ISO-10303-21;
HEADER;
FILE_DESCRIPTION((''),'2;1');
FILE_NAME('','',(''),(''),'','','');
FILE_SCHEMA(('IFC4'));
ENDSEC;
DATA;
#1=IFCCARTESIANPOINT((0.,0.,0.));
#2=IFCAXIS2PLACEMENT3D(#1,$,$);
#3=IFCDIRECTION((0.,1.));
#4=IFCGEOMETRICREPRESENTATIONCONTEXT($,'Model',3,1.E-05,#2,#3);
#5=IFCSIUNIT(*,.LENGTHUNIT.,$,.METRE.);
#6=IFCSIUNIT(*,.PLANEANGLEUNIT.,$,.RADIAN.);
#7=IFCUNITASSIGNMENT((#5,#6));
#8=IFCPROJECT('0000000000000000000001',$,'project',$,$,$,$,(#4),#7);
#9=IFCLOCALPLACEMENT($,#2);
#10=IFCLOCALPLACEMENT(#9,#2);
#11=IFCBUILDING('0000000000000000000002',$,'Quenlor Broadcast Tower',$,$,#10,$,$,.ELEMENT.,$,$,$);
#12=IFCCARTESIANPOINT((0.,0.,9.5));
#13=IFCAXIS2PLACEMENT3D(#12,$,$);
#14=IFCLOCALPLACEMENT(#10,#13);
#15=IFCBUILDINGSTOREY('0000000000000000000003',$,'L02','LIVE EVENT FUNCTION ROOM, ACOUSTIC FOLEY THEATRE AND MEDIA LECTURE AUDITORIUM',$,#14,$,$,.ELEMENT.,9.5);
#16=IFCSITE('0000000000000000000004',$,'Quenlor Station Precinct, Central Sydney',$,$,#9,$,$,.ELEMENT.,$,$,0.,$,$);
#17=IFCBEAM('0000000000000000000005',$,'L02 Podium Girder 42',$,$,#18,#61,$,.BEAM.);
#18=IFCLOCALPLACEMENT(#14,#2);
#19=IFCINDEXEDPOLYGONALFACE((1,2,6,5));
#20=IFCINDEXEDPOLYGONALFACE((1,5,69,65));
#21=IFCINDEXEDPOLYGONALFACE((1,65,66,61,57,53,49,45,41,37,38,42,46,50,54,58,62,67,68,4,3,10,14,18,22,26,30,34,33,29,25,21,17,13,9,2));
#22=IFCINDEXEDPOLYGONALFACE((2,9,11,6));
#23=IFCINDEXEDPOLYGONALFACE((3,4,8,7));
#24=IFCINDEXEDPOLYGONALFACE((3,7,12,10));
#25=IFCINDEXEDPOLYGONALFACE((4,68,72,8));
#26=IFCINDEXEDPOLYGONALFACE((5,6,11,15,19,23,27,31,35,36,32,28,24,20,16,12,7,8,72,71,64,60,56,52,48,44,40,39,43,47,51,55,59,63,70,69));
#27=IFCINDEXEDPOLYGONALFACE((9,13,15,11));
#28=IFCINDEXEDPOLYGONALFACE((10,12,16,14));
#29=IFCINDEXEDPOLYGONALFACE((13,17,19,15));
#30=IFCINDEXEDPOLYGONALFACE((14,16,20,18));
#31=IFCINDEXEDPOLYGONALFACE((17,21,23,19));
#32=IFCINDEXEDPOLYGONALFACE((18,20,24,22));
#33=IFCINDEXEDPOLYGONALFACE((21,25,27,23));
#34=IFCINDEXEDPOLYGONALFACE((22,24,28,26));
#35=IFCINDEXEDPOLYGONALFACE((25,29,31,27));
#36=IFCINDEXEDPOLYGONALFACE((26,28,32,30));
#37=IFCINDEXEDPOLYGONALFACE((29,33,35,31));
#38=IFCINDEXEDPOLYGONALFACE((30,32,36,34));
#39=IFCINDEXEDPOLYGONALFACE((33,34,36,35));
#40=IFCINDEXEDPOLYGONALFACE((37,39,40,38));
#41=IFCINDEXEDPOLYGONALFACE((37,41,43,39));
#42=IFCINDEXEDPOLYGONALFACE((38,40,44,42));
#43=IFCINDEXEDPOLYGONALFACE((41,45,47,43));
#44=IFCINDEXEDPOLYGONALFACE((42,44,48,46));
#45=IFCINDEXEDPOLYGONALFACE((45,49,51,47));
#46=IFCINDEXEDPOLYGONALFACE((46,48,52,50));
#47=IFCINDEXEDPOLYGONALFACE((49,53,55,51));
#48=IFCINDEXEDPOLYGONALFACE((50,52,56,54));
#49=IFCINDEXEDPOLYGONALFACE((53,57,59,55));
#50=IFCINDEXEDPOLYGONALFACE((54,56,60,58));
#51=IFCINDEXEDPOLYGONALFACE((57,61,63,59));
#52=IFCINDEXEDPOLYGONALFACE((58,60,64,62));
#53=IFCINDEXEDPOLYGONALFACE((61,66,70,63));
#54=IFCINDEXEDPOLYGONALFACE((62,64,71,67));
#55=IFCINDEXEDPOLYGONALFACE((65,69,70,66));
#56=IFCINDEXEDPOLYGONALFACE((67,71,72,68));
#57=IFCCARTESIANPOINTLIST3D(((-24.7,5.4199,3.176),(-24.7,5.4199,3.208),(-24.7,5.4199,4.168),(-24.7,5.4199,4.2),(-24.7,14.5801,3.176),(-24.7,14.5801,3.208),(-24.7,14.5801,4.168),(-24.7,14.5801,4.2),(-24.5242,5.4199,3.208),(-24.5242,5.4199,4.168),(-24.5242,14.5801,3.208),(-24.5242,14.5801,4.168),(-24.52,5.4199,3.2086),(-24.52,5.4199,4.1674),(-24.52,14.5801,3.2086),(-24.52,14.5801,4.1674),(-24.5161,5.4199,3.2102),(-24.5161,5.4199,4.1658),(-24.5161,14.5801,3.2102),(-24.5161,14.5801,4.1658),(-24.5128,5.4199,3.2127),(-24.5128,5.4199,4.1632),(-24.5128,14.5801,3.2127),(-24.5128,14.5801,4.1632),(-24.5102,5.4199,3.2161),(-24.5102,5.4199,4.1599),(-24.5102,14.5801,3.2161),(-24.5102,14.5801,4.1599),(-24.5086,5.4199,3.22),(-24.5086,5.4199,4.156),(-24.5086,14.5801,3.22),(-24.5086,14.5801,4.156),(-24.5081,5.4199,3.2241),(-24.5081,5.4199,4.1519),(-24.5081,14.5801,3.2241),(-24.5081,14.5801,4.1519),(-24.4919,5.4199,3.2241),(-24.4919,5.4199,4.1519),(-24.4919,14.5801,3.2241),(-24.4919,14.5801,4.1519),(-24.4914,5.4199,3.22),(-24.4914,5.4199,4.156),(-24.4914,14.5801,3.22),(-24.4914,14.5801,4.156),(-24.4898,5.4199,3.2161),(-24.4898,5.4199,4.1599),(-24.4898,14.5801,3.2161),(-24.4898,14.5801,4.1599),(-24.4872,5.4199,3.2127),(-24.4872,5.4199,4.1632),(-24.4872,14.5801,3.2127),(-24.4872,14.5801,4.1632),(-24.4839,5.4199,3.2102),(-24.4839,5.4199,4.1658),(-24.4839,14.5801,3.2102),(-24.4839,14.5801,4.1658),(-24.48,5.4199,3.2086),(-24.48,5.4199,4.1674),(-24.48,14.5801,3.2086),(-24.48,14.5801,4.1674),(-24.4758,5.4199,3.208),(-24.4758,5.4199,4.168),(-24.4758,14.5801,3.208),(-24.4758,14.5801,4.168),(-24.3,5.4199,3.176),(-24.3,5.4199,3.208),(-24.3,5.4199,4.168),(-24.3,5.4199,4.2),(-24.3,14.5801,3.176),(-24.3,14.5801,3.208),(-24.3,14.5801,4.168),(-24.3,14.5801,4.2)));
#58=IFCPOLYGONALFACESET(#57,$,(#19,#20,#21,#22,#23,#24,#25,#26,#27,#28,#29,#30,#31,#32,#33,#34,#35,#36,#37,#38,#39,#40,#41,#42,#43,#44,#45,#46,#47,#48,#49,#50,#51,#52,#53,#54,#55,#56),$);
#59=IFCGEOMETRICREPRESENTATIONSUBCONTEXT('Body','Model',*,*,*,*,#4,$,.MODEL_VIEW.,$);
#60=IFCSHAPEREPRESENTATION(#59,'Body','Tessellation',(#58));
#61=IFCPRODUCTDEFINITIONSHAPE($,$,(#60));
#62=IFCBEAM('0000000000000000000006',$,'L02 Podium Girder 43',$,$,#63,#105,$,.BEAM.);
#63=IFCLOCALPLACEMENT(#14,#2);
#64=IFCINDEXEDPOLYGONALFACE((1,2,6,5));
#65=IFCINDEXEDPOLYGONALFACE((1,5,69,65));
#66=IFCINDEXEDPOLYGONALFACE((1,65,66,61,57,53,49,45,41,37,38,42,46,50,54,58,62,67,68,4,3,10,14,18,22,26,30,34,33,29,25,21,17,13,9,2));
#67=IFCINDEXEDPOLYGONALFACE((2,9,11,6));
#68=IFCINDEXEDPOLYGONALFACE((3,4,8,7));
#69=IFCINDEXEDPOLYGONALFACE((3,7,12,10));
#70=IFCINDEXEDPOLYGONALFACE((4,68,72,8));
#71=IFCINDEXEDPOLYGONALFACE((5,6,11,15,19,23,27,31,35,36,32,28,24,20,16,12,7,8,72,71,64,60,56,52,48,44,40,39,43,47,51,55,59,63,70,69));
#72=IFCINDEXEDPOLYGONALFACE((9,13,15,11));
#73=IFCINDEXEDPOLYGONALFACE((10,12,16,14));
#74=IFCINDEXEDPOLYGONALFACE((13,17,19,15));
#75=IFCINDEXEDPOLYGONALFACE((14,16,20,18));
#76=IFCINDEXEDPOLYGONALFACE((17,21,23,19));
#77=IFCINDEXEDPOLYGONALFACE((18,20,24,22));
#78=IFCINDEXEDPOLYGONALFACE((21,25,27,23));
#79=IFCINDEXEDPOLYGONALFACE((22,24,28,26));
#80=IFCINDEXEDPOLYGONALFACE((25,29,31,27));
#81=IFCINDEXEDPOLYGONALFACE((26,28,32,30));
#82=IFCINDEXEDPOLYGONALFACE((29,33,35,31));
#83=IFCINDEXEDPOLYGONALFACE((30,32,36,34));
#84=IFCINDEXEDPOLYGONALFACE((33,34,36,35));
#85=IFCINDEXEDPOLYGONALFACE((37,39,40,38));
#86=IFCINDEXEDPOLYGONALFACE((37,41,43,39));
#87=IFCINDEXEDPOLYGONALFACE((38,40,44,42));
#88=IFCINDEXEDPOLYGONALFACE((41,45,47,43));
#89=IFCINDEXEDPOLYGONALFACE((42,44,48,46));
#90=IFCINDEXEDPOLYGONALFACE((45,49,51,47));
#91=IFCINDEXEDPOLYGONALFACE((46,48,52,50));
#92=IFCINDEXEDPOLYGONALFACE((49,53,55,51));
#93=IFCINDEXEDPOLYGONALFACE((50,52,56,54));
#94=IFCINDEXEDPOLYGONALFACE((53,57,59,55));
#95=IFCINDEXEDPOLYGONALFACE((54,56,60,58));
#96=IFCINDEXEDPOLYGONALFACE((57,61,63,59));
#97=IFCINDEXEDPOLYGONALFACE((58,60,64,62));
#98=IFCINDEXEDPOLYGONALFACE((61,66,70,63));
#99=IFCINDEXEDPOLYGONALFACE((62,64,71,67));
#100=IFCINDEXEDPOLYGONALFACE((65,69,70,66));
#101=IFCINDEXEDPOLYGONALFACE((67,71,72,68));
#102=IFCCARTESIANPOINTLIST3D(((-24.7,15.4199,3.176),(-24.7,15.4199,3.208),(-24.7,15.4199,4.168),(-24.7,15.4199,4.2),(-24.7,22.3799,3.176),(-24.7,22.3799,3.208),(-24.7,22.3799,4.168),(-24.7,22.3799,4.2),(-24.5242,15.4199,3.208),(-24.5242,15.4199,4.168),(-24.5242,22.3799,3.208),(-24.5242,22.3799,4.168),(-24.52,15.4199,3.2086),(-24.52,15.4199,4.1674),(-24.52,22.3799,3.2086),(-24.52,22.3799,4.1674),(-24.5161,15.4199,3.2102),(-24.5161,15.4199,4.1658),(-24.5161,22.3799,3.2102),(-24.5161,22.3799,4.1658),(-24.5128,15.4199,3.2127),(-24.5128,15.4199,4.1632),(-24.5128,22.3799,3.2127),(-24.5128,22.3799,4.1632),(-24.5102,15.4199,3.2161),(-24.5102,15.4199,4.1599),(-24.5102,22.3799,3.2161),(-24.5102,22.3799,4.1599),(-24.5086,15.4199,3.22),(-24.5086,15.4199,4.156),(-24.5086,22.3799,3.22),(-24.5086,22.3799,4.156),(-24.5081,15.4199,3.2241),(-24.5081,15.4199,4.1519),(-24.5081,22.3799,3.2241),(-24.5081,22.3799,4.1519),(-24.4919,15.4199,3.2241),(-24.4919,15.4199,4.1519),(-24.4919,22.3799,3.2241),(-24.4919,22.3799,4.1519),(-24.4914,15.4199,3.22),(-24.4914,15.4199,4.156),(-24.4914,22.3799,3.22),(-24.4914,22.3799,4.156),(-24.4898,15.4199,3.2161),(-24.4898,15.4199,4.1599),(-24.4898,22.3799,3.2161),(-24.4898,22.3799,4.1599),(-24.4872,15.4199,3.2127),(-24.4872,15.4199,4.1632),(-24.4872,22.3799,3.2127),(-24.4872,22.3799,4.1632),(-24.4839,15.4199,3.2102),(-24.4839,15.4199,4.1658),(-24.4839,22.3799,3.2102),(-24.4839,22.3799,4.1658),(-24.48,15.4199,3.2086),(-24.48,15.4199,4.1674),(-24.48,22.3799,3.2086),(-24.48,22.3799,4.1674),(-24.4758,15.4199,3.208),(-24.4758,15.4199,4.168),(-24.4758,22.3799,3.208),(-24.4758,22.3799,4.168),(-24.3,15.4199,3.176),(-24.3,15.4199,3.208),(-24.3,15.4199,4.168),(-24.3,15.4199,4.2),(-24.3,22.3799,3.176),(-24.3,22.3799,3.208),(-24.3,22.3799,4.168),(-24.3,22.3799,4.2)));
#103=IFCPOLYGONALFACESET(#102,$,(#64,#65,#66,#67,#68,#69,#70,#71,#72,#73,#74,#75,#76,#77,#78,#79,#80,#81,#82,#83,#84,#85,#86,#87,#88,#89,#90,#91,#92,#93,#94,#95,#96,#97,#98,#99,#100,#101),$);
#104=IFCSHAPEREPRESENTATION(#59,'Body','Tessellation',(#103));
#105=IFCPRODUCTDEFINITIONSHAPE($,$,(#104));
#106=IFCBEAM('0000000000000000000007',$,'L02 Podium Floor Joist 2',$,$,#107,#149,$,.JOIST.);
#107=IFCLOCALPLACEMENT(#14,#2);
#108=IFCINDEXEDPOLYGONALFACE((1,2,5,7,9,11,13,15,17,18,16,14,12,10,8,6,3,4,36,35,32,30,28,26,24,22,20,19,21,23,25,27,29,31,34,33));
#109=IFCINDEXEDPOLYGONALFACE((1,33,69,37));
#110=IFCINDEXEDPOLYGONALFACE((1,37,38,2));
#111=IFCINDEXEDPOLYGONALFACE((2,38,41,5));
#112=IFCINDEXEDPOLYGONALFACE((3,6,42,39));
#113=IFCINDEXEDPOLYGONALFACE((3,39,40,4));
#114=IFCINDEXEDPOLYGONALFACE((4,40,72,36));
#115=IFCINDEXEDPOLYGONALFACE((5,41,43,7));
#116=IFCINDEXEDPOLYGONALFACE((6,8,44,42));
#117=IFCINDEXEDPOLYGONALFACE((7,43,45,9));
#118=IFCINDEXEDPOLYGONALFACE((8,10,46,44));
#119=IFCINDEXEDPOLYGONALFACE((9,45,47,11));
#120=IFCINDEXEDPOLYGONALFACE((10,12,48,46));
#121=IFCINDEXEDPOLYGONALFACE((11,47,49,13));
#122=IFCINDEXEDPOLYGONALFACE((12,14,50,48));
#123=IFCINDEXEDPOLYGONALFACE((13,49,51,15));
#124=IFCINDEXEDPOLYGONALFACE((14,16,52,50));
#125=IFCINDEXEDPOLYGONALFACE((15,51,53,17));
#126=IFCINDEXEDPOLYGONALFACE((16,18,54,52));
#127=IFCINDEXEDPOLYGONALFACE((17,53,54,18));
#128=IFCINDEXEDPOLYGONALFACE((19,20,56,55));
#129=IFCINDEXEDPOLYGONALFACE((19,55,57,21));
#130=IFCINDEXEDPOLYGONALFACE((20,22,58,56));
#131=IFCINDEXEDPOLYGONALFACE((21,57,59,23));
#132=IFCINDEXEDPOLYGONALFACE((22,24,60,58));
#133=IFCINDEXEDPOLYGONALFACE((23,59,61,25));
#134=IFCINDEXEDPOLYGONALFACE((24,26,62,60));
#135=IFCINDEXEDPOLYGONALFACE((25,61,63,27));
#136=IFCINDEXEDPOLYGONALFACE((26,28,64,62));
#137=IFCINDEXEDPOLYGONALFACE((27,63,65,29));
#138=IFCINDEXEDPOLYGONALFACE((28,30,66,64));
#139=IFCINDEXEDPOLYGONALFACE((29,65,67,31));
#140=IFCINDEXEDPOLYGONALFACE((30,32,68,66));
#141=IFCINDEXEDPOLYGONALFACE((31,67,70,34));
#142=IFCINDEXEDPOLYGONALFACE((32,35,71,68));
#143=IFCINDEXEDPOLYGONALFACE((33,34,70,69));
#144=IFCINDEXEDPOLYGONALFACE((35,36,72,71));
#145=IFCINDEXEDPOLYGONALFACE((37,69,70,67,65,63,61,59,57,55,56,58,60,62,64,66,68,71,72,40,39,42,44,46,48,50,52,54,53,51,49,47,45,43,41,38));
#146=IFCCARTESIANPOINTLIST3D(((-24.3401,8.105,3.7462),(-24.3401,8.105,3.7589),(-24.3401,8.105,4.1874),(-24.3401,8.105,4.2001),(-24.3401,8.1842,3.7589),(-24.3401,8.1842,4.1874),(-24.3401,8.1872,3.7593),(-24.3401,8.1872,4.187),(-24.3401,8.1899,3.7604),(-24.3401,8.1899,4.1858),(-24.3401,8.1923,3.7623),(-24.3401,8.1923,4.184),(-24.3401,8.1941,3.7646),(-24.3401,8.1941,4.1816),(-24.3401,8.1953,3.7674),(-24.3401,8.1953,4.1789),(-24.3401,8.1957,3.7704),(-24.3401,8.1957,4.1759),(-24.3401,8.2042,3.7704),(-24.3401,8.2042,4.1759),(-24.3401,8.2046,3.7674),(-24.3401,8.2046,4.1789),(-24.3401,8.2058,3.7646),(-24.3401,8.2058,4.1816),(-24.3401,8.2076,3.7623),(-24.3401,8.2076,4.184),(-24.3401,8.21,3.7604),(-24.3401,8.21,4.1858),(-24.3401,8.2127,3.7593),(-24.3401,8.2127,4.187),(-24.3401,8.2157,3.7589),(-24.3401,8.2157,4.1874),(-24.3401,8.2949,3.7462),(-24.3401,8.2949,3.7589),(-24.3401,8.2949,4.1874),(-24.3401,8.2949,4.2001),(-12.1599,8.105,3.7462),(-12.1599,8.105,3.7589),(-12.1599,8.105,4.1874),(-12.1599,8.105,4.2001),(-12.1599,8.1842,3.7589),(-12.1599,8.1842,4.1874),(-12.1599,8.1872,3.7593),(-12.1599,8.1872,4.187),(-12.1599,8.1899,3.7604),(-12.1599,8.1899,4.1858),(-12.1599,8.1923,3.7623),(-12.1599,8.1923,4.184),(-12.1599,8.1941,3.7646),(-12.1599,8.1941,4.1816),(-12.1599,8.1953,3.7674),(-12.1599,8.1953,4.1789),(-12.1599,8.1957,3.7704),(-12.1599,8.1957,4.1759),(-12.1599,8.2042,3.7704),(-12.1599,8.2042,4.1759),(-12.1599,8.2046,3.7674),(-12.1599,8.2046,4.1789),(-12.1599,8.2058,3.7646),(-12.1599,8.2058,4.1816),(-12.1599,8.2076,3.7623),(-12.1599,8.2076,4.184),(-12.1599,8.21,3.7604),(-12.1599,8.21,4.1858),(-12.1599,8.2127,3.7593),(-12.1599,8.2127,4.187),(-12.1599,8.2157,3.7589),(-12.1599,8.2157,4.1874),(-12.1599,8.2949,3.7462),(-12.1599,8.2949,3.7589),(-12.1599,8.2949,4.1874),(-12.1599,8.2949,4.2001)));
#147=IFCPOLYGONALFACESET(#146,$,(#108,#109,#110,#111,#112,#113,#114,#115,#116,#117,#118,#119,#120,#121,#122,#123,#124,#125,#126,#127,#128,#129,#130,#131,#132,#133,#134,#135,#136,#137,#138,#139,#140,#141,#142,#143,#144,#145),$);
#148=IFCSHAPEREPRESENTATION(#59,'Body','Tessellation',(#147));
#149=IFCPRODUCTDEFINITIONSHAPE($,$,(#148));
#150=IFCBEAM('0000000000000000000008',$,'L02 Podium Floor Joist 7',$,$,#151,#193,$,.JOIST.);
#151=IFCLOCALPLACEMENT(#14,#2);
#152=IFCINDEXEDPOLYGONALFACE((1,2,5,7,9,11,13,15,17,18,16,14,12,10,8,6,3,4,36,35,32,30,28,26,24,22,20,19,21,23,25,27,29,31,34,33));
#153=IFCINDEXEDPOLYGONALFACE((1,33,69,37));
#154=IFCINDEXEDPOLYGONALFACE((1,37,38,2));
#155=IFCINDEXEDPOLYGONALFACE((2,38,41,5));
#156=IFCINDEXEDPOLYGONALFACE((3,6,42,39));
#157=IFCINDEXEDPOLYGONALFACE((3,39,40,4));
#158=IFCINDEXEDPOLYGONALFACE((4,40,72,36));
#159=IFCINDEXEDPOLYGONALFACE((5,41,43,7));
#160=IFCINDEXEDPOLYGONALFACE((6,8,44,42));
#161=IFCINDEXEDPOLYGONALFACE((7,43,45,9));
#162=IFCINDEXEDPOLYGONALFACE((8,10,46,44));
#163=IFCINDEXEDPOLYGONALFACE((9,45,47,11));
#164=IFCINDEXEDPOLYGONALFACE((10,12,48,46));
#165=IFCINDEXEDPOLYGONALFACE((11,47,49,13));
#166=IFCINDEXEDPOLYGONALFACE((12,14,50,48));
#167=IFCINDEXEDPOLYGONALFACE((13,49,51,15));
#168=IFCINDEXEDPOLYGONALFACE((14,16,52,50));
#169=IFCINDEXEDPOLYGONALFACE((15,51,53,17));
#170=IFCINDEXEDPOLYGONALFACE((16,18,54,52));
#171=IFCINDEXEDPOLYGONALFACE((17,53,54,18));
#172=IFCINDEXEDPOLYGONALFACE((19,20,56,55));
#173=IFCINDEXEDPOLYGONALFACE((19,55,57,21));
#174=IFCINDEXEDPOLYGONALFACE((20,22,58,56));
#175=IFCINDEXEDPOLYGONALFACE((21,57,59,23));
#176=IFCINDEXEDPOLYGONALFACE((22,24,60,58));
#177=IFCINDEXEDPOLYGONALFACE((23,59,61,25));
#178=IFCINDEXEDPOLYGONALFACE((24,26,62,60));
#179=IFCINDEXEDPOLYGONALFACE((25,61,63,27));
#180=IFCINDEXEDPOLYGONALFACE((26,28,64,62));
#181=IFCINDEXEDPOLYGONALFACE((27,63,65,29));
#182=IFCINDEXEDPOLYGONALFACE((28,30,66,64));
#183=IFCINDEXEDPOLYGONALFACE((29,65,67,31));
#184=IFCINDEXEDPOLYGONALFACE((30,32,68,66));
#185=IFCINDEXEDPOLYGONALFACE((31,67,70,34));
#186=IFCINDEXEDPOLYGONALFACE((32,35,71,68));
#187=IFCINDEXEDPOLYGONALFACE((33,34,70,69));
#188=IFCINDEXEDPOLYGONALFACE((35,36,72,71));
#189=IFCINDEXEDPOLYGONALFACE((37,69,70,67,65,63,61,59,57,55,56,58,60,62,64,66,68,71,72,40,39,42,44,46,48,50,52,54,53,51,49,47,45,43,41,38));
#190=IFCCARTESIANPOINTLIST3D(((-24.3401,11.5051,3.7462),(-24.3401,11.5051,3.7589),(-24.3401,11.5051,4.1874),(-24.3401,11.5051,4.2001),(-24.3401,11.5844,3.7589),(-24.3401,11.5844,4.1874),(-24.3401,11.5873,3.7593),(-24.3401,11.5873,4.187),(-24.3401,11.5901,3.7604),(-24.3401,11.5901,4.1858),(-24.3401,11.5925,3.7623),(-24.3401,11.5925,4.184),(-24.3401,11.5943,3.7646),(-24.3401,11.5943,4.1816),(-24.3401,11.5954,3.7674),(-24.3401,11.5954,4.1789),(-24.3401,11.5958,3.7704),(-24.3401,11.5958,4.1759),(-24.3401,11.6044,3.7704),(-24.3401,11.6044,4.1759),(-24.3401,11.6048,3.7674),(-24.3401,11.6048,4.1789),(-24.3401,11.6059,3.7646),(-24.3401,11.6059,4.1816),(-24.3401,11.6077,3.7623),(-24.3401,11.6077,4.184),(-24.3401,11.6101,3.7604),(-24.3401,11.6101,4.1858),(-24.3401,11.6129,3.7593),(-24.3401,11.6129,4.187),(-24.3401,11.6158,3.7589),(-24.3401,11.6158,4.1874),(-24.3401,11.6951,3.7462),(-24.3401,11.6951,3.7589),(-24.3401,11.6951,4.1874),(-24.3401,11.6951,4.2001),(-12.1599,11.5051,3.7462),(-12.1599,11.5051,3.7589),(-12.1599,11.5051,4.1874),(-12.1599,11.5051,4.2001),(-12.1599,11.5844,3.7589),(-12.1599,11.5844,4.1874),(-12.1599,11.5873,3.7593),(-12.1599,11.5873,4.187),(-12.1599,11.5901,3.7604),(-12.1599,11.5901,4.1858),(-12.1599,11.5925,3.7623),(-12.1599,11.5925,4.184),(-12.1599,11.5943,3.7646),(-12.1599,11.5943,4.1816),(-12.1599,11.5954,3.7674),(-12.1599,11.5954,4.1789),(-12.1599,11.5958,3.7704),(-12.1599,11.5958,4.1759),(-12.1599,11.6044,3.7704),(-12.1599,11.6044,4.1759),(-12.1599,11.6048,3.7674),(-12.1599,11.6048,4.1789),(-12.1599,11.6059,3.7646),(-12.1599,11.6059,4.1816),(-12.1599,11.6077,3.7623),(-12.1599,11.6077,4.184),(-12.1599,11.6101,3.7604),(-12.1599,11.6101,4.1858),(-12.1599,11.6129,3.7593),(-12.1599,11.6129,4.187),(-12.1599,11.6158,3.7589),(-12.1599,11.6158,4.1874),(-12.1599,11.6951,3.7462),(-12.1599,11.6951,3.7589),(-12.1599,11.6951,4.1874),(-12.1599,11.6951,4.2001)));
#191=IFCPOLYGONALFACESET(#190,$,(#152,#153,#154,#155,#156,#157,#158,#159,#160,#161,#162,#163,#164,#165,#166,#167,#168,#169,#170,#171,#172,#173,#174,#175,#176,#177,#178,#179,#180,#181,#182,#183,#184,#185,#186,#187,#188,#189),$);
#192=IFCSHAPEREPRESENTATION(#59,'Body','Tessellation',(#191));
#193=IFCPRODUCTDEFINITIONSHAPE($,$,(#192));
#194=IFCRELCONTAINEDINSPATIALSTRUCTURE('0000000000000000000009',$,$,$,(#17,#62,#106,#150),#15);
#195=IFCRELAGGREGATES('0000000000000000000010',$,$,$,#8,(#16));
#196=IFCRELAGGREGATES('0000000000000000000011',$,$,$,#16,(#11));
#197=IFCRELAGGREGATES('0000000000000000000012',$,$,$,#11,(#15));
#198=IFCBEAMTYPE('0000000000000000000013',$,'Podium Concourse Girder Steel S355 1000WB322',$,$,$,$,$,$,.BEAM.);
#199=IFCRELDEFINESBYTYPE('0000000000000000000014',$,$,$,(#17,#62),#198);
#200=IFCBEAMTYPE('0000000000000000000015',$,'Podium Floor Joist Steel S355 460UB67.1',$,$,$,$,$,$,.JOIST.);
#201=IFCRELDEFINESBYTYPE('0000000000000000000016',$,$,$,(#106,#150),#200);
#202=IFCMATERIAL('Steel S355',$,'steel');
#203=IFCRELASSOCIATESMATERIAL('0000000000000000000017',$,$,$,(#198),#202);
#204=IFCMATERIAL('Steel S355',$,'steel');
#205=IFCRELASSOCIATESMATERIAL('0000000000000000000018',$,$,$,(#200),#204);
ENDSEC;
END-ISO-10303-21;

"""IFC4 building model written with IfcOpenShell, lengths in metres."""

from ifc_helpers import new_model, si_unit, direction, frame, origin, origin_2d, place, context, subcontext, project, spatial, i_section, extrude, material, material_profile, profile_set, type_object, element, save


model = new_model("IFC4")

# Units and contexts
model_context = context("Model", 3, precision=1e-05, world=origin(), true_north=direction((0.0, 1.0)))
body_context = subcontext(model_context, "Body", "Model", "MODEL_VIEW")
ifc_project = project(units=[si_unit("LENGTHUNIT", "METRE"), si_unit("PLANEANGLEUNIT", "RADIAN")], contexts=[model_context])

# Site, building, storey
site_placement = place(None, origin())
site = spatial("IfcSite", under=ifc_project, at=site_placement, Name="Quenlor Station Precinct, Central Sydney", CompositionType="ELEMENT", RefElevation=0.0)
building_placement = place(site_placement, origin())
building = spatial("IfcBuilding", under=site, at=building_placement, Name="Quenlor Broadcast Tower", CompositionType="ELEMENT")
storey_placement = place(building_placement, frame((0.0, 0.0, 9.5)))
storey = spatial("IfcBuildingStorey", under=building, at=storey_placement, Name="L02", Description="LIVE EVENT FUNCTION ROOM, ACOUSTIC FOLEY THEATRE AND MEDIA LECTURE AUDITORIUM", CompositionType="ELEMENT", Elevation=9.5)

# Beams
ifc_material_1 = material(Name="Steel S355", Category="steel")
ifc_material_profile_1 = material_profile(ifc_material_1, i_section(OverallWidth=0.3999, OverallDepth=1.0239, WebThickness=0.0161, FlangeThickness=0.032, FilletRadius=0.0161, at=origin_2d()))
ifc_profile_set_1 = profile_set([ifc_material_profile_1], Name="Steel S355 1000WB322")
beam_type_1 = type_object("IfcBeamType", Name="Podium Concourse Girder Steel S355 1000WB322", PredefinedType="BEAM", material=ifc_profile_set_1)
beam_1_placement = place(storey_placement, frame((-24.5, 5.4199, 3.688), z_axis=(0.0, 1.0, 0.0), x_axis=(-1.0, 0.0, 0.0)))
element("IfcBeam", 1, at=beam_1_placement, inside=storey, type_object=beam_type_1, Name="L02 Podium Girder 42", PredefinedType="BEAM", context=body_context, shape_type="SweptSolid", body=[
    extrude(i_section(OverallWidth=0.3999, OverallDepth=1.0239, WebThickness=0.0161, FlangeThickness=0.032, FilletRadius=0.0161, at=origin_2d()), origin(), (0.0, 0.0, 1.0), 9.1602),
])
beam_2_placement = place(storey_placement, frame((-24.5, 15.4199, 3.688), z_axis=(0.0, 1.0, 0.0), x_axis=(-1.0, 0.0, 0.0)))
element("IfcBeam", 2, at=beam_2_placement, inside=storey, type_object=beam_type_1, Name="L02 Podium Girder 43", PredefinedType="BEAM", context=body_context, shape_type="SweptSolid", body=[
    extrude(i_section(OverallWidth=0.3999, OverallDepth=1.0239, WebThickness=0.0161, FlangeThickness=0.032, FilletRadius=0.0161, at=origin_2d()), origin(), (0.0, 0.0, 1.0), 6.96),
])
ifc_material_2 = material(Name="Steel S355", Category="steel")
ifc_material_profile_2 = material_profile(ifc_material_2, i_section(OverallWidth=0.1899, OverallDepth=0.4539, WebThickness=0.0085, FlangeThickness=0.0127, FilletRadius=0.0115, at=origin_2d()))
ifc_profile_set_2 = profile_set([ifc_material_profile_2], Name="Steel S355 460UB67.1")
beam_type_2 = type_object("IfcBeamType", Name="Podium Floor Joist Steel S355 460UB67.1", PredefinedType="JOIST", material=ifc_profile_set_2)
for number, where, z_axis, x_axis, name in (
    (3, (-24.3401, 8.2, 3.9731), (1.0, 0.0, 0.0), (0.0, 1.0, 0.0), "L02 Podium Floor Joist 2"),
    (4, (-24.3401, 11.6001, 3.9731), (1.0, 0.0, 0.0), (0.0, 1.0, 0.0), "L02 Podium Floor Joist 7"),
):
    element("IfcBeam", number, at=place(storey_placement, frame(where, z_axis=z_axis, x_axis=x_axis)), inside=storey, type_object=beam_type_2, Name=name, PredefinedType="JOIST", context=body_context, shape_type="SweptSolid", body=[
        extrude(i_section(OverallWidth=0.1899, OverallDepth=0.4539, WebThickness=0.0085, FlangeThickness=0.0127, FilletRadius=0.0115, at=origin_2d()), origin(), (0.0, 0.0, 1.0), 12.1802),
    ])

save(model, "model.ifc")
